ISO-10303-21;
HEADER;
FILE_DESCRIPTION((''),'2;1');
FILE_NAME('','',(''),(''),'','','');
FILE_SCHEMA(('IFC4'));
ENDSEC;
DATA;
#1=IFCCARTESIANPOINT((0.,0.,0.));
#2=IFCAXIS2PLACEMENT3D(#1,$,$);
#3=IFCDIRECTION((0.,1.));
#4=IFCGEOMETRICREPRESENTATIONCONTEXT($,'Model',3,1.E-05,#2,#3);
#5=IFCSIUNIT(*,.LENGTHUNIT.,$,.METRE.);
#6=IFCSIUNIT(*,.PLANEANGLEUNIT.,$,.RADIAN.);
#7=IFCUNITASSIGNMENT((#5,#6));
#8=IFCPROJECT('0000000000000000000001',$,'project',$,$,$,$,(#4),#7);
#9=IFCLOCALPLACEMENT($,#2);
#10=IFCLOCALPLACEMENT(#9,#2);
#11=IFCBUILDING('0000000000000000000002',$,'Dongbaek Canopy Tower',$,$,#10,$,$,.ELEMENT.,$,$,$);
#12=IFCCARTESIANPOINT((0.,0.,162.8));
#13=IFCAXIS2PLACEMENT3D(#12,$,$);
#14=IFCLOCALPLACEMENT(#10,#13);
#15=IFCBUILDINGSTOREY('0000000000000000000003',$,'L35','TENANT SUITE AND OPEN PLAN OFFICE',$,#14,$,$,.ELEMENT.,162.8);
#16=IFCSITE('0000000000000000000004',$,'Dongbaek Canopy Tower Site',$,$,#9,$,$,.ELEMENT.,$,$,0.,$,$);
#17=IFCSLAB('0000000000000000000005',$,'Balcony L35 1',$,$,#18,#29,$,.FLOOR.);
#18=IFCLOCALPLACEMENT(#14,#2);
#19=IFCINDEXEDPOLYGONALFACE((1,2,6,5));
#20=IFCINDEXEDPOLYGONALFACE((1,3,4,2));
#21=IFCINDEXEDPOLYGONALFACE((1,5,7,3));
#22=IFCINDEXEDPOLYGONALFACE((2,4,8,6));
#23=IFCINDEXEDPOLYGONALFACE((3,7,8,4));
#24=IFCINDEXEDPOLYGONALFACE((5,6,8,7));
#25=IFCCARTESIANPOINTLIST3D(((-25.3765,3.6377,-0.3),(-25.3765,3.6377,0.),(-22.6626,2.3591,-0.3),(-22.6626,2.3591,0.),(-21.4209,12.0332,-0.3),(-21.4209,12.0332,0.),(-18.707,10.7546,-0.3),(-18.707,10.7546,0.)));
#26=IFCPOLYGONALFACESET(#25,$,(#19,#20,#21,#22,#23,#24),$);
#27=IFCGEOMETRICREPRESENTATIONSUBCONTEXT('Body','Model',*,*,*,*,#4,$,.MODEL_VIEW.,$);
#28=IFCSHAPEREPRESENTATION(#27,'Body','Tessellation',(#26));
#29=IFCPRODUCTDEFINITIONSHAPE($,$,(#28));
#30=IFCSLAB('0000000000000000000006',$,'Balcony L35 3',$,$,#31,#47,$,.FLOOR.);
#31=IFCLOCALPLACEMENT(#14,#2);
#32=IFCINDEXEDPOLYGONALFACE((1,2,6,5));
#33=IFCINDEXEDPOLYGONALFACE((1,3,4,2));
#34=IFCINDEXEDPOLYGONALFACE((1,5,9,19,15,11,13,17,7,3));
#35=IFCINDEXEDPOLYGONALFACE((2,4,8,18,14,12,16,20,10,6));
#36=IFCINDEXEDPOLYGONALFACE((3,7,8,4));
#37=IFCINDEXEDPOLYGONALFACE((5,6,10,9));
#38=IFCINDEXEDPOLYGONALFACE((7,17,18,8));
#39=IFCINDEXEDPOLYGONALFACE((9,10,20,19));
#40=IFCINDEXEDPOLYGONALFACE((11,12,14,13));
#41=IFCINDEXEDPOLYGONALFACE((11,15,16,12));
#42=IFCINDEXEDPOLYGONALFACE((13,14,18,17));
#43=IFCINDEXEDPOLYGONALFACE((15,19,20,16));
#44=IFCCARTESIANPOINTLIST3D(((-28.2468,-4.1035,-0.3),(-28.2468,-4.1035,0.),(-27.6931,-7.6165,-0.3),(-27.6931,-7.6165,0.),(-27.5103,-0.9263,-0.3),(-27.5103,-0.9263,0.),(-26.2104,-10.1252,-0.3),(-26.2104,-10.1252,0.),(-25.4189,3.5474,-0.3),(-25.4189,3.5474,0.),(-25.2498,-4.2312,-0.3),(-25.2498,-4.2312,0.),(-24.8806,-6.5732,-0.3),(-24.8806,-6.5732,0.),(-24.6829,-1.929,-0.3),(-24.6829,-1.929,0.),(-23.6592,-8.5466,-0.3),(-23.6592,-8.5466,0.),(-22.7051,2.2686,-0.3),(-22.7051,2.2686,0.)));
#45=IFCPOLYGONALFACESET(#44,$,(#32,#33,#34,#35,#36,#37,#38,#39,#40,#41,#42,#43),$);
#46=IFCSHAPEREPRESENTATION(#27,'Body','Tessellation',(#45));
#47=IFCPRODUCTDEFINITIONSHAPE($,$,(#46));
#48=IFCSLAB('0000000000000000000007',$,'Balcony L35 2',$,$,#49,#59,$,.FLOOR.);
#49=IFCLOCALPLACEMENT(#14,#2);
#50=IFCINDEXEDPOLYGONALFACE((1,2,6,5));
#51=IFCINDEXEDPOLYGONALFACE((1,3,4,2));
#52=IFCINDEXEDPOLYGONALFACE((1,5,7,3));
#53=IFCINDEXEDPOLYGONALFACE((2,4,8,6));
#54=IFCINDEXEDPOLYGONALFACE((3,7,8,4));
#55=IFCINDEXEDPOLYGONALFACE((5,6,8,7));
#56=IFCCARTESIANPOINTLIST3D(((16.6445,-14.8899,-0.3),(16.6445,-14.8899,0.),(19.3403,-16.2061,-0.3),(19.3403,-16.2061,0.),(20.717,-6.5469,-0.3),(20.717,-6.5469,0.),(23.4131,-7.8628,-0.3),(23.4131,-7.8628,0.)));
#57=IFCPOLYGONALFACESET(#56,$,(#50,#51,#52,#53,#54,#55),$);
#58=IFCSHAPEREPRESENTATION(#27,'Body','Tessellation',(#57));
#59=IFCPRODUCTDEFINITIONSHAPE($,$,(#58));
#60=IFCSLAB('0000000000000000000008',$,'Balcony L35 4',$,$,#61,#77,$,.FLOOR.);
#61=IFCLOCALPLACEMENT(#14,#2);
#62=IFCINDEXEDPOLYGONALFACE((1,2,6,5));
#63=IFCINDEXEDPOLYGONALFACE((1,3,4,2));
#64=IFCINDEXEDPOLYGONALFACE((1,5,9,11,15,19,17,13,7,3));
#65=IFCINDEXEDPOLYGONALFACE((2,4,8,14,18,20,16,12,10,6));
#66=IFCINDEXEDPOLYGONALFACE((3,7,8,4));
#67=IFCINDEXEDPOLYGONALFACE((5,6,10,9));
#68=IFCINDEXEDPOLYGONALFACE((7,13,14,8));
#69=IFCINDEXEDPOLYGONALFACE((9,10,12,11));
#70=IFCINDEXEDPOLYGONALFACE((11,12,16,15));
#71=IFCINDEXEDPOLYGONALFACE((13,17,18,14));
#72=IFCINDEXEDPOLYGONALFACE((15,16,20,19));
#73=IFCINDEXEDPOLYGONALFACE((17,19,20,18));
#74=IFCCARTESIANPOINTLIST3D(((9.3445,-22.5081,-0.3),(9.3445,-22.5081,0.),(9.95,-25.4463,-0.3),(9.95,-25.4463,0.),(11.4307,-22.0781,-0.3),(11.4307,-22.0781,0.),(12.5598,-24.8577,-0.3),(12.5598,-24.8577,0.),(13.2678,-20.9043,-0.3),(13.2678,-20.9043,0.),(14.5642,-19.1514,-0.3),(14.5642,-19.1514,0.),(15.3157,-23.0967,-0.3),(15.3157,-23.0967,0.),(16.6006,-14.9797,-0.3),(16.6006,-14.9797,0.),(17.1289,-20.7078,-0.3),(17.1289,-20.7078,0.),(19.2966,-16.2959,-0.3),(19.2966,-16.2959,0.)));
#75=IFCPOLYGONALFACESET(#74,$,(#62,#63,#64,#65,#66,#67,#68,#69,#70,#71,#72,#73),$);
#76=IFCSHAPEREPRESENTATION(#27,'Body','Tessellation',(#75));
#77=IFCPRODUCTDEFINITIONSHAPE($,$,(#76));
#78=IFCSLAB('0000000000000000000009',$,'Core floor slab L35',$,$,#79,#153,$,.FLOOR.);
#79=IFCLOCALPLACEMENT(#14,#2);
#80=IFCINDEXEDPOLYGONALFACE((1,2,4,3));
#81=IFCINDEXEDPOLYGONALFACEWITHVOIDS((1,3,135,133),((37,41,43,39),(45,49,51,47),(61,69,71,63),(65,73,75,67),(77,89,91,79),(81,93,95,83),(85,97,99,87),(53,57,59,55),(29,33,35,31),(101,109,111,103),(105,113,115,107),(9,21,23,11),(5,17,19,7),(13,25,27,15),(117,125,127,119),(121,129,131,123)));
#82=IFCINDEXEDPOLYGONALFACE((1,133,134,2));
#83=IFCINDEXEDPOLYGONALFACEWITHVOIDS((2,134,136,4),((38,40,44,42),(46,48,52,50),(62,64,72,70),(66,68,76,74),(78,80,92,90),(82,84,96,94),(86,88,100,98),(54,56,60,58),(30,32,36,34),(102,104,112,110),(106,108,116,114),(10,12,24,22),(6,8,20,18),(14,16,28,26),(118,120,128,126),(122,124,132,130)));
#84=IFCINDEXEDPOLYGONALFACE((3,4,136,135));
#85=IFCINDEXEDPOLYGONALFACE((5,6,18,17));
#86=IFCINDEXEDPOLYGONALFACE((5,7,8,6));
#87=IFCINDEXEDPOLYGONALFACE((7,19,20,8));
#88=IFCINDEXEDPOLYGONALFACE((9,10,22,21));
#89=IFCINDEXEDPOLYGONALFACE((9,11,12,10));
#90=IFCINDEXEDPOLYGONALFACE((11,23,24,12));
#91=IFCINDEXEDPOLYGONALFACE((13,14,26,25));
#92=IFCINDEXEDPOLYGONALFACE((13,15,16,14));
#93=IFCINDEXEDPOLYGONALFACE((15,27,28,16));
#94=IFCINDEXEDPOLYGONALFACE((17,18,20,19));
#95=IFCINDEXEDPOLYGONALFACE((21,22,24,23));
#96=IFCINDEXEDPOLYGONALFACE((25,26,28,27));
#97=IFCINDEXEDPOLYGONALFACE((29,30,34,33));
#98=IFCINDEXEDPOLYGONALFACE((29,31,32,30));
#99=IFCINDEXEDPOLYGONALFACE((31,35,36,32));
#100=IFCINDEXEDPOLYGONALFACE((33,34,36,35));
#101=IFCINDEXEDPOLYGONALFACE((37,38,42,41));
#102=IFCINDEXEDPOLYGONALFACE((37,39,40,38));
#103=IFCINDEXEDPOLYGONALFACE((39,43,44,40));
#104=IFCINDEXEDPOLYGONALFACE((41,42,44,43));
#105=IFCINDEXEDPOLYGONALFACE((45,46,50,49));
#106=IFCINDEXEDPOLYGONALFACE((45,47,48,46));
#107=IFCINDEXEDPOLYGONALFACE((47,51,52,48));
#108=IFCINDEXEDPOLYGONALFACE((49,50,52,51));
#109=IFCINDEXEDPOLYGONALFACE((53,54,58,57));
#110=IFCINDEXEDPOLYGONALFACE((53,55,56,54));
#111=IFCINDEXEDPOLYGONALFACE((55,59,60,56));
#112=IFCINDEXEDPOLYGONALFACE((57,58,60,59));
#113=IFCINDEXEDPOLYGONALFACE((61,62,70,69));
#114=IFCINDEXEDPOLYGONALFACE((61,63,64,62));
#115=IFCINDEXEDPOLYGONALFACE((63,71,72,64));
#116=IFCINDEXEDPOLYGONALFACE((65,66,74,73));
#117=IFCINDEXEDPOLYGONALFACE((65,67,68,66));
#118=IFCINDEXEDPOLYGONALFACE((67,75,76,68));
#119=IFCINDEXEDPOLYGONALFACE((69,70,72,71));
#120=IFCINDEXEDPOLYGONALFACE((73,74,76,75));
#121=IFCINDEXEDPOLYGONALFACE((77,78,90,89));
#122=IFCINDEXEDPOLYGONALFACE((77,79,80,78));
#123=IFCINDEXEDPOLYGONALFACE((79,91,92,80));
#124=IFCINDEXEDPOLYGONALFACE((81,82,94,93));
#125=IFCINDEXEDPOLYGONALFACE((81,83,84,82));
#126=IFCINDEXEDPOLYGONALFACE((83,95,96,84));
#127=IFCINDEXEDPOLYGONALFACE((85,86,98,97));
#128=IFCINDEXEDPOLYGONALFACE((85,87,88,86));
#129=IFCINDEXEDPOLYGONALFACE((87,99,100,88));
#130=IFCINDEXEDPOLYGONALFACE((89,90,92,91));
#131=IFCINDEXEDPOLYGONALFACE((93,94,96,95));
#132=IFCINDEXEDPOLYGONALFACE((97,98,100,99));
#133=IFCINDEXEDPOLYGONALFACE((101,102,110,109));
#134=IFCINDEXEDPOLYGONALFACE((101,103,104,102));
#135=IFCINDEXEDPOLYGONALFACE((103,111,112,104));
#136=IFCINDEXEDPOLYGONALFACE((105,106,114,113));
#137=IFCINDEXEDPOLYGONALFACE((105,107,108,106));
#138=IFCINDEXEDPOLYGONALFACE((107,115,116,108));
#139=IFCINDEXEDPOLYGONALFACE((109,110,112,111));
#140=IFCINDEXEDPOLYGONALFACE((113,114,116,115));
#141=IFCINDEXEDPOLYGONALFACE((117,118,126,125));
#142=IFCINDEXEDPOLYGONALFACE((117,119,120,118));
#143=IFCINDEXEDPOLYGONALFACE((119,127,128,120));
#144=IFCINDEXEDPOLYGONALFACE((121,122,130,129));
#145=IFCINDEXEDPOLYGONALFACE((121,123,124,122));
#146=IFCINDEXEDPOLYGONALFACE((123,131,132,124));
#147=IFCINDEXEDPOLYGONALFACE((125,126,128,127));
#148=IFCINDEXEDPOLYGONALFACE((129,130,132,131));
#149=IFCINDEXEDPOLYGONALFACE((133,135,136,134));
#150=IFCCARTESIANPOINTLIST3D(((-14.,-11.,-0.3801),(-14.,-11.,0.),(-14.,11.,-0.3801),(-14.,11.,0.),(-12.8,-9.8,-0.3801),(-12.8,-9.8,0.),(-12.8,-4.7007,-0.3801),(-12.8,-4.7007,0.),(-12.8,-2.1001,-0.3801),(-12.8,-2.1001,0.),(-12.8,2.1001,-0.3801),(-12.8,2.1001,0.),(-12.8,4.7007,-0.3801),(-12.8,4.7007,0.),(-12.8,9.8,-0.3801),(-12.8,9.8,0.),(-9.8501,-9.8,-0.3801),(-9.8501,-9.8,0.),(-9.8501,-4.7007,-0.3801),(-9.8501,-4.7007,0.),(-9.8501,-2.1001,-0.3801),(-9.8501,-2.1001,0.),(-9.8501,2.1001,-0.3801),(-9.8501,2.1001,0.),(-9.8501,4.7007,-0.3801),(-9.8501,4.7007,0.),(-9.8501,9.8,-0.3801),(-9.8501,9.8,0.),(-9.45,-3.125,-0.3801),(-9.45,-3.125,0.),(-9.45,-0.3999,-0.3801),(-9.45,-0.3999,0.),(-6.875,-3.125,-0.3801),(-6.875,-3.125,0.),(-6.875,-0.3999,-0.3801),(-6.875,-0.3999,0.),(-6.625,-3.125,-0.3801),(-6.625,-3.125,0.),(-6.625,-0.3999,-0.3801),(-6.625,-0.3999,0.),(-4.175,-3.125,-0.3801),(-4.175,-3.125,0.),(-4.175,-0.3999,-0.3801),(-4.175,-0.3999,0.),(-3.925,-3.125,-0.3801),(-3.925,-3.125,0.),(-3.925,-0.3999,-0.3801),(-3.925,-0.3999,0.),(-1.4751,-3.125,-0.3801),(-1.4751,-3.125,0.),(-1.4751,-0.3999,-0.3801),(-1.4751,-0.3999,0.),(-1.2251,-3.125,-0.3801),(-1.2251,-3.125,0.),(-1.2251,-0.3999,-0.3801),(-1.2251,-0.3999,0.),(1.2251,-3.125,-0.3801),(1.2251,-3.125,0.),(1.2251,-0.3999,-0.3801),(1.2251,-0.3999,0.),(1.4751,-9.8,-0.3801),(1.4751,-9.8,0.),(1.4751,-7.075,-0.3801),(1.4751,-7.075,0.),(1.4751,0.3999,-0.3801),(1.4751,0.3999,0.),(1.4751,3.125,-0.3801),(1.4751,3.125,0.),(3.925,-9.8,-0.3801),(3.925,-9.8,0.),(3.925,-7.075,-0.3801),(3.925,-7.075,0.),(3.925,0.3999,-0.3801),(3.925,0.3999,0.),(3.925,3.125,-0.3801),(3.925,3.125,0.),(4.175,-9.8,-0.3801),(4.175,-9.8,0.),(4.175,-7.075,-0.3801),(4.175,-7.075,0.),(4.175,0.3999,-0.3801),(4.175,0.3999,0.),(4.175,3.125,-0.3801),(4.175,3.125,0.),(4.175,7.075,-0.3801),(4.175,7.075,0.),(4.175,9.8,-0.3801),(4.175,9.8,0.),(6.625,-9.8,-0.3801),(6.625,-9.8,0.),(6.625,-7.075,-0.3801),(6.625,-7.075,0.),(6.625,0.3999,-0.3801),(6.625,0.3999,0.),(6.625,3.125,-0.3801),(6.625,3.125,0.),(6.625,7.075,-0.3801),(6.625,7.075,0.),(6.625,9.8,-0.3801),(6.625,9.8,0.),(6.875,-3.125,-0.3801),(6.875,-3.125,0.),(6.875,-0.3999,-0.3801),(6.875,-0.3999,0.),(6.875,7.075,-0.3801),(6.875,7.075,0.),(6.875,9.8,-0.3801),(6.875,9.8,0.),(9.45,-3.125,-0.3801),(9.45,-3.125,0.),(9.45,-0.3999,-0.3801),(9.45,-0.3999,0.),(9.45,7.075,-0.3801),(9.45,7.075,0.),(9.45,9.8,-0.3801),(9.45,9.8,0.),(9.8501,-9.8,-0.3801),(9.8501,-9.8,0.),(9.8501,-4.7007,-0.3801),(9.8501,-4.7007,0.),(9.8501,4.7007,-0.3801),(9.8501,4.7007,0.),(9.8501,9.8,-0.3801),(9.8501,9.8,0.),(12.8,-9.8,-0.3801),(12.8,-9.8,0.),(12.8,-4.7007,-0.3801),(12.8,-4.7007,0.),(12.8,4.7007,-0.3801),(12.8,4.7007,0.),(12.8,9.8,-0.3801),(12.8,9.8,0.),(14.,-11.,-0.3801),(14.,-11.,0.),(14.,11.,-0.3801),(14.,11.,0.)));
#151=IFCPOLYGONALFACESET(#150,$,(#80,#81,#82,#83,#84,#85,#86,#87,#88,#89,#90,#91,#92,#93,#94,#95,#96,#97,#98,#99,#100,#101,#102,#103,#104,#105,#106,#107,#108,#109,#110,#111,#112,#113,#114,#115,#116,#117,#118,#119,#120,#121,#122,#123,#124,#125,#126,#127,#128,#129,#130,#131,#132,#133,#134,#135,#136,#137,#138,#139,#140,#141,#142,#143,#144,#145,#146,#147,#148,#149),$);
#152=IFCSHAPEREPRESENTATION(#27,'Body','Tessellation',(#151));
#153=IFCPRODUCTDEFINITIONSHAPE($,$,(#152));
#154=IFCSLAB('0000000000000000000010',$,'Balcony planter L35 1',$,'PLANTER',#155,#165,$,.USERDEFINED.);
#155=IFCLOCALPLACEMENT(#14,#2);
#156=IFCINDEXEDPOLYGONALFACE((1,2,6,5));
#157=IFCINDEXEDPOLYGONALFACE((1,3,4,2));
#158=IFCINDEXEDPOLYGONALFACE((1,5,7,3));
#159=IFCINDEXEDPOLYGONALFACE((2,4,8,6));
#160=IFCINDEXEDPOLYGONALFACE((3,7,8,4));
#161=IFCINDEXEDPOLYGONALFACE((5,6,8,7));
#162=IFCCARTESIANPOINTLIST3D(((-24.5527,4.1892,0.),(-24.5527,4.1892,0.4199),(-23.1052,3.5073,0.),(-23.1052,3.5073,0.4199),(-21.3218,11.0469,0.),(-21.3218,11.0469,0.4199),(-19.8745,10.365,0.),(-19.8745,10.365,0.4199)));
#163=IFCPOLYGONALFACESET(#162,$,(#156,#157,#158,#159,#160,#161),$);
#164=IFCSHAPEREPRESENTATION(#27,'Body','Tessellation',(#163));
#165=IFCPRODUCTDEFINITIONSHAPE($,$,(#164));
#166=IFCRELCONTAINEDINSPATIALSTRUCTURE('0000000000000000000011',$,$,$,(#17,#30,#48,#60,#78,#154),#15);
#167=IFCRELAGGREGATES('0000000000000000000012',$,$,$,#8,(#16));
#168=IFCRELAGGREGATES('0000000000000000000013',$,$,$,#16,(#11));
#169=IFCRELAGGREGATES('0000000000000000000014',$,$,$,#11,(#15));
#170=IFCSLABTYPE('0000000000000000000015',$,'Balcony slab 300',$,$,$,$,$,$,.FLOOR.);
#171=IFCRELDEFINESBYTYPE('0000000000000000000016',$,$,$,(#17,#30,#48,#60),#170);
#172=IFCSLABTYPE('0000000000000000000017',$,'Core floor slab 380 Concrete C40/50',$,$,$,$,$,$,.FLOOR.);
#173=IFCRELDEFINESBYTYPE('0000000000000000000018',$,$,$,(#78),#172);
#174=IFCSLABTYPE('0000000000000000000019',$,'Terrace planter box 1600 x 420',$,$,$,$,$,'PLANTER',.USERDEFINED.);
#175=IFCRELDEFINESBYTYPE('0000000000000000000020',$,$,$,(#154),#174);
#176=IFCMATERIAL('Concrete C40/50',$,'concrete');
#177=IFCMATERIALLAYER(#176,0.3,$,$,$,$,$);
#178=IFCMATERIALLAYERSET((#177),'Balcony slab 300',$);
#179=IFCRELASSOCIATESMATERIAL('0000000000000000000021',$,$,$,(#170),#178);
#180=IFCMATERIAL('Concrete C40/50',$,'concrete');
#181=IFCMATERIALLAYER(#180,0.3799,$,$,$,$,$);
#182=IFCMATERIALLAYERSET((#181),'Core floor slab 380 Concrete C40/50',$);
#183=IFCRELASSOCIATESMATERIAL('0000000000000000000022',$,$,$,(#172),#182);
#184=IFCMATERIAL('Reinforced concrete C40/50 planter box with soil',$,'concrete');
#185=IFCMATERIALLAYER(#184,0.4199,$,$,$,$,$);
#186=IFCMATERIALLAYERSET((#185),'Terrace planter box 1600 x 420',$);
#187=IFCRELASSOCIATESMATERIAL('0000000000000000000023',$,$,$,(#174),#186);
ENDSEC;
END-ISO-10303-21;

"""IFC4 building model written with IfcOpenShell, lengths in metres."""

from ifc_helpers import new_model, si_unit, direction, frame, origin, place, context, subcontext, project, spatial, polyline, outline, extrude, material, layer, layer_set, type_object, element, save


model = new_model("IFC4")

# Units and contexts
model_context = context("Model", 3, precision=1e-05, world=origin(), true_north=direction((0.0, 1.0)))
body_context = subcontext(model_context, "Body", "Model", "MODEL_VIEW")
ifc_project = project(units=[si_unit("LENGTHUNIT", "METRE"), si_unit("PLANEANGLEUNIT", "RADIAN")], contexts=[model_context])

# Site, building, storey
site_placement = place(None, origin())
site = spatial("IfcSite", under=ifc_project, at=site_placement, Name="Dongbaek Canopy Tower Site", CompositionType="ELEMENT", RefElevation=0.0)
building_placement = place(site_placement, origin())
building = spatial("IfcBuilding", under=site, at=building_placement, Name="Dongbaek Canopy Tower", CompositionType="ELEMENT")
storey_placement = place(building_placement, frame((0.0, 0.0, 162.8)))
storey = spatial("IfcBuildingStorey", under=building, at=storey_placement, Name="L35", Description="TENANT SUITE AND OPEN PLAN OFFICE", CompositionType="ELEMENT", Elevation=162.8)

# Slabs
ifc_material_1 = material(Name="Concrete C40/50", Category="concrete")
ifc_layer_1 = layer(ifc_material_1, 0.3)
ifc_layer_set_1 = layer_set([ifc_layer_1], Name="Balcony slab 300")
slab_type_1 = type_object("IfcSlabType", Name="Balcony slab 300", PredefinedType="FLOOR", material=ifc_layer_set_1)
slab_1_placement = place(storey_placement, frame((0.0, 0.0, -0.3)))
element("IfcSlab", 1, at=slab_1_placement, inside=storey, type_object=slab_type_1, Name="Balcony L35 1", PredefinedType="FLOOR", context=body_context, shape_type="SweptSolid", body=[
    extrude(outline(polyline([(-18.707, 10.7546), (-22.6626, 2.3591), (-25.3765, 3.6377), (-21.4209, 12.0332), (-18.707, 10.7546)])), origin(), (0.0, 0.0, 1.0), 0.3),
])
slab_2_placement = place(storey_placement, frame((0.0, 0.0, -0.3)))
element("IfcSlab", 2, at=slab_2_placement, inside=storey, type_object=slab_type_1, Name="Balcony L35 3", PredefinedType="FLOOR", context=body_context, shape_type="SweptSolid", body=[
    extrude(outline(polyline([(-22.7051, 2.2686), (-24.6829, -1.929), (-25.2498, -4.2312), (-24.8806, -6.5732), (-23.6592, -8.5466), (-26.2104, -10.1252), (-27.6931, -7.6165), (-28.2468, -4.1035), (-27.5103, -0.9263), (-25.4189, 3.5474), (-22.7051, 2.2686)])), origin(), (0.0, 0.0, 1.0), 0.3),
])
slab_3_placement = place(storey_placement, frame((0.0, 0.0, -0.3)))
element("IfcSlab", 3, at=slab_3_placement, inside=storey, type_object=slab_type_1, Name="Balcony L35 2", PredefinedType="FLOOR", context=body_context, shape_type="SweptSolid", body=[
    extrude(outline(polyline([(16.6445, -14.8899), (20.717, -6.5469), (23.4131, -7.8628), (19.3403, -16.2061), (16.6445, -14.8899)])), origin(), (0.0, 0.0, 1.0), 0.3),
])
slab_4_placement = place(storey_placement, frame((0.0, 0.0, -0.3)))
element("IfcSlab", 4, at=slab_4_placement, inside=storey, type_object=slab_type_1, Name="Balcony L35 4", PredefinedType="FLOOR", context=body_context, shape_type="SweptSolid", body=[
    extrude(outline(polyline([(9.3445, -22.5081), (11.4307, -22.0781), (13.2678, -20.9043), (14.5642, -19.1514), (16.6006, -14.9797), (19.2966, -16.2959), (17.1289, -20.7078), (15.3157, -23.0967), (12.5598, -24.8577), (9.95, -25.4463), (9.3445, -22.5081)])), origin(), (0.0, 0.0, 1.0), 0.3),
])
ifc_material_2 = material(Name="Concrete C40/50", Category="concrete")
ifc_layer_2 = layer(ifc_material_2, 0.3799)
ifc_layer_set_2 = layer_set([ifc_layer_2], Name="Core floor slab 380 Concrete C40/50")
slab_type_2 = type_object("IfcSlabType", Name="Core floor slab 380 Concrete C40/50", PredefinedType="FLOOR", material=ifc_layer_set_2)
slab_5_placement = place(storey_placement, frame((0.0, 0.0, -0.3801)))
element("IfcSlab", 5, at=slab_5_placement, inside=storey, type_object=slab_type_2, Name="Core floor slab L35", PredefinedType="FLOOR", context=body_context, shape_type="SweptSolid", body=[
    extrude(outline(polyline([(14.0, -11.0), (14.0, 11.0), (-14.0, 11.0), (-14.0, -11.0), (14.0, -11.0)]), holes=[polyline([(-12.8, 2.1001), (-9.8501, 2.1001), (-9.8501, -2.1001), (-12.8, -2.1001), (-12.8, 2.1001)]), polyline([(6.625, 9.8), (6.625, 7.075), (4.175, 7.075), (4.175, 9.8), (6.625, 9.8)]), polyline([(9.45, 7.075), (6.875, 7.075), (6.875, 9.8), (9.45, 9.8), (9.45, 7.075)]), polyline([(3.925, 3.125), (3.925, 0.3999), (1.4751, 0.3999), (1.4751, 3.125), (3.925, 3.125)]), polyline([(4.175, 3.125), (6.625, 3.125), (6.625, 0.3999), (4.175, 0.3999), (4.175, 3.125)]), polyline([(-9.45, -0.3999), (-6.875, -0.3999), (-6.875, -3.125), (-9.45, -3.125), (-9.45, -0.3999)]), polyline([(-6.625, -0.3999), (-4.175, -0.3999), (-4.175, -3.125), (-6.625, -3.125), (-6.625, -0.3999)]), polyline([(-3.925, -0.3999), (-1.4751, -0.3999), (-1.4751, -3.125), (-3.925, -3.125), (-3.925, -0.3999)]), polyline([(-1.2251, -0.3999), (1.2251, -0.3999), (1.2251, -3.125), (-1.2251, -3.125), (-1.2251, -0.3999)]), polyline([(9.45, -3.125), (6.875, -3.125), (6.875, -0.3999), (9.45, -0.3999), (9.45, -3.125)]), polyline([(1.4751, -9.8), (1.4751, -7.075), (3.925, -7.075), (3.925, -9.8), (1.4751, -9.8)]), polyline([(4.175, -9.8), (4.175, -7.075), (6.625, -7.075), (6.625, -9.8), (4.175, -9.8)]), polyline([(12.8, 4.7007), (12.8, 9.8), (9.8501, 9.8), (9.8501, 4.7007), (12.8, 4.7007)]), polyline([(-9.8501, 4.7007), (-9.8501, 9.8), (-12.8, 9.8), (-12.8, 4.7007), (-9.8501, 4.7007)]), polyline([(9.8501, -4.7007), (9.8501, -9.8), (12.8, -9.8), (12.8, -4.7007), (9.8501, -4.7007)]), polyline([(-12.8, -4.7007), (-12.8, -9.8), (-9.8501, -9.8), (-9.8501, -4.7007), (-12.8, -4.7007)])]), origin(), (0.0, 0.0, 1.0), 0.3801),
])
ifc_material_3 = material(Name="Reinforced concrete C40/50 planter box with soil", Category="concrete")
ifc_layer_3 = layer(ifc_material_3, 0.4199)
ifc_layer_set_3 = layer_set([ifc_layer_3], Name="Terrace planter box 1600 x 420")
slab_type_3 = type_object("IfcSlabType", Name="Terrace planter box 1600 x 420", ElementType="PLANTER", PredefinedType="USERDEFINED", material=ifc_layer_set_3)
slab_6_placement = place(storey_placement, origin())
element("IfcSlab", 6, at=slab_6_placement, inside=storey, type_object=slab_type_3, Name="Balcony planter L35 1", ObjectType="PLANTER", PredefinedType="USERDEFINED", context=body_context, shape_type="SweptSolid", body=[
    extrude(outline(polyline([(-19.8745, 10.365), (-23.1052, 3.5073), (-24.5527, 4.1892), (-21.3218, 11.0469), (-19.8745, 10.365)])), origin(), (0.0, 0.0, 1.0), 0.4199),
])

save(model, "model.ifc")
